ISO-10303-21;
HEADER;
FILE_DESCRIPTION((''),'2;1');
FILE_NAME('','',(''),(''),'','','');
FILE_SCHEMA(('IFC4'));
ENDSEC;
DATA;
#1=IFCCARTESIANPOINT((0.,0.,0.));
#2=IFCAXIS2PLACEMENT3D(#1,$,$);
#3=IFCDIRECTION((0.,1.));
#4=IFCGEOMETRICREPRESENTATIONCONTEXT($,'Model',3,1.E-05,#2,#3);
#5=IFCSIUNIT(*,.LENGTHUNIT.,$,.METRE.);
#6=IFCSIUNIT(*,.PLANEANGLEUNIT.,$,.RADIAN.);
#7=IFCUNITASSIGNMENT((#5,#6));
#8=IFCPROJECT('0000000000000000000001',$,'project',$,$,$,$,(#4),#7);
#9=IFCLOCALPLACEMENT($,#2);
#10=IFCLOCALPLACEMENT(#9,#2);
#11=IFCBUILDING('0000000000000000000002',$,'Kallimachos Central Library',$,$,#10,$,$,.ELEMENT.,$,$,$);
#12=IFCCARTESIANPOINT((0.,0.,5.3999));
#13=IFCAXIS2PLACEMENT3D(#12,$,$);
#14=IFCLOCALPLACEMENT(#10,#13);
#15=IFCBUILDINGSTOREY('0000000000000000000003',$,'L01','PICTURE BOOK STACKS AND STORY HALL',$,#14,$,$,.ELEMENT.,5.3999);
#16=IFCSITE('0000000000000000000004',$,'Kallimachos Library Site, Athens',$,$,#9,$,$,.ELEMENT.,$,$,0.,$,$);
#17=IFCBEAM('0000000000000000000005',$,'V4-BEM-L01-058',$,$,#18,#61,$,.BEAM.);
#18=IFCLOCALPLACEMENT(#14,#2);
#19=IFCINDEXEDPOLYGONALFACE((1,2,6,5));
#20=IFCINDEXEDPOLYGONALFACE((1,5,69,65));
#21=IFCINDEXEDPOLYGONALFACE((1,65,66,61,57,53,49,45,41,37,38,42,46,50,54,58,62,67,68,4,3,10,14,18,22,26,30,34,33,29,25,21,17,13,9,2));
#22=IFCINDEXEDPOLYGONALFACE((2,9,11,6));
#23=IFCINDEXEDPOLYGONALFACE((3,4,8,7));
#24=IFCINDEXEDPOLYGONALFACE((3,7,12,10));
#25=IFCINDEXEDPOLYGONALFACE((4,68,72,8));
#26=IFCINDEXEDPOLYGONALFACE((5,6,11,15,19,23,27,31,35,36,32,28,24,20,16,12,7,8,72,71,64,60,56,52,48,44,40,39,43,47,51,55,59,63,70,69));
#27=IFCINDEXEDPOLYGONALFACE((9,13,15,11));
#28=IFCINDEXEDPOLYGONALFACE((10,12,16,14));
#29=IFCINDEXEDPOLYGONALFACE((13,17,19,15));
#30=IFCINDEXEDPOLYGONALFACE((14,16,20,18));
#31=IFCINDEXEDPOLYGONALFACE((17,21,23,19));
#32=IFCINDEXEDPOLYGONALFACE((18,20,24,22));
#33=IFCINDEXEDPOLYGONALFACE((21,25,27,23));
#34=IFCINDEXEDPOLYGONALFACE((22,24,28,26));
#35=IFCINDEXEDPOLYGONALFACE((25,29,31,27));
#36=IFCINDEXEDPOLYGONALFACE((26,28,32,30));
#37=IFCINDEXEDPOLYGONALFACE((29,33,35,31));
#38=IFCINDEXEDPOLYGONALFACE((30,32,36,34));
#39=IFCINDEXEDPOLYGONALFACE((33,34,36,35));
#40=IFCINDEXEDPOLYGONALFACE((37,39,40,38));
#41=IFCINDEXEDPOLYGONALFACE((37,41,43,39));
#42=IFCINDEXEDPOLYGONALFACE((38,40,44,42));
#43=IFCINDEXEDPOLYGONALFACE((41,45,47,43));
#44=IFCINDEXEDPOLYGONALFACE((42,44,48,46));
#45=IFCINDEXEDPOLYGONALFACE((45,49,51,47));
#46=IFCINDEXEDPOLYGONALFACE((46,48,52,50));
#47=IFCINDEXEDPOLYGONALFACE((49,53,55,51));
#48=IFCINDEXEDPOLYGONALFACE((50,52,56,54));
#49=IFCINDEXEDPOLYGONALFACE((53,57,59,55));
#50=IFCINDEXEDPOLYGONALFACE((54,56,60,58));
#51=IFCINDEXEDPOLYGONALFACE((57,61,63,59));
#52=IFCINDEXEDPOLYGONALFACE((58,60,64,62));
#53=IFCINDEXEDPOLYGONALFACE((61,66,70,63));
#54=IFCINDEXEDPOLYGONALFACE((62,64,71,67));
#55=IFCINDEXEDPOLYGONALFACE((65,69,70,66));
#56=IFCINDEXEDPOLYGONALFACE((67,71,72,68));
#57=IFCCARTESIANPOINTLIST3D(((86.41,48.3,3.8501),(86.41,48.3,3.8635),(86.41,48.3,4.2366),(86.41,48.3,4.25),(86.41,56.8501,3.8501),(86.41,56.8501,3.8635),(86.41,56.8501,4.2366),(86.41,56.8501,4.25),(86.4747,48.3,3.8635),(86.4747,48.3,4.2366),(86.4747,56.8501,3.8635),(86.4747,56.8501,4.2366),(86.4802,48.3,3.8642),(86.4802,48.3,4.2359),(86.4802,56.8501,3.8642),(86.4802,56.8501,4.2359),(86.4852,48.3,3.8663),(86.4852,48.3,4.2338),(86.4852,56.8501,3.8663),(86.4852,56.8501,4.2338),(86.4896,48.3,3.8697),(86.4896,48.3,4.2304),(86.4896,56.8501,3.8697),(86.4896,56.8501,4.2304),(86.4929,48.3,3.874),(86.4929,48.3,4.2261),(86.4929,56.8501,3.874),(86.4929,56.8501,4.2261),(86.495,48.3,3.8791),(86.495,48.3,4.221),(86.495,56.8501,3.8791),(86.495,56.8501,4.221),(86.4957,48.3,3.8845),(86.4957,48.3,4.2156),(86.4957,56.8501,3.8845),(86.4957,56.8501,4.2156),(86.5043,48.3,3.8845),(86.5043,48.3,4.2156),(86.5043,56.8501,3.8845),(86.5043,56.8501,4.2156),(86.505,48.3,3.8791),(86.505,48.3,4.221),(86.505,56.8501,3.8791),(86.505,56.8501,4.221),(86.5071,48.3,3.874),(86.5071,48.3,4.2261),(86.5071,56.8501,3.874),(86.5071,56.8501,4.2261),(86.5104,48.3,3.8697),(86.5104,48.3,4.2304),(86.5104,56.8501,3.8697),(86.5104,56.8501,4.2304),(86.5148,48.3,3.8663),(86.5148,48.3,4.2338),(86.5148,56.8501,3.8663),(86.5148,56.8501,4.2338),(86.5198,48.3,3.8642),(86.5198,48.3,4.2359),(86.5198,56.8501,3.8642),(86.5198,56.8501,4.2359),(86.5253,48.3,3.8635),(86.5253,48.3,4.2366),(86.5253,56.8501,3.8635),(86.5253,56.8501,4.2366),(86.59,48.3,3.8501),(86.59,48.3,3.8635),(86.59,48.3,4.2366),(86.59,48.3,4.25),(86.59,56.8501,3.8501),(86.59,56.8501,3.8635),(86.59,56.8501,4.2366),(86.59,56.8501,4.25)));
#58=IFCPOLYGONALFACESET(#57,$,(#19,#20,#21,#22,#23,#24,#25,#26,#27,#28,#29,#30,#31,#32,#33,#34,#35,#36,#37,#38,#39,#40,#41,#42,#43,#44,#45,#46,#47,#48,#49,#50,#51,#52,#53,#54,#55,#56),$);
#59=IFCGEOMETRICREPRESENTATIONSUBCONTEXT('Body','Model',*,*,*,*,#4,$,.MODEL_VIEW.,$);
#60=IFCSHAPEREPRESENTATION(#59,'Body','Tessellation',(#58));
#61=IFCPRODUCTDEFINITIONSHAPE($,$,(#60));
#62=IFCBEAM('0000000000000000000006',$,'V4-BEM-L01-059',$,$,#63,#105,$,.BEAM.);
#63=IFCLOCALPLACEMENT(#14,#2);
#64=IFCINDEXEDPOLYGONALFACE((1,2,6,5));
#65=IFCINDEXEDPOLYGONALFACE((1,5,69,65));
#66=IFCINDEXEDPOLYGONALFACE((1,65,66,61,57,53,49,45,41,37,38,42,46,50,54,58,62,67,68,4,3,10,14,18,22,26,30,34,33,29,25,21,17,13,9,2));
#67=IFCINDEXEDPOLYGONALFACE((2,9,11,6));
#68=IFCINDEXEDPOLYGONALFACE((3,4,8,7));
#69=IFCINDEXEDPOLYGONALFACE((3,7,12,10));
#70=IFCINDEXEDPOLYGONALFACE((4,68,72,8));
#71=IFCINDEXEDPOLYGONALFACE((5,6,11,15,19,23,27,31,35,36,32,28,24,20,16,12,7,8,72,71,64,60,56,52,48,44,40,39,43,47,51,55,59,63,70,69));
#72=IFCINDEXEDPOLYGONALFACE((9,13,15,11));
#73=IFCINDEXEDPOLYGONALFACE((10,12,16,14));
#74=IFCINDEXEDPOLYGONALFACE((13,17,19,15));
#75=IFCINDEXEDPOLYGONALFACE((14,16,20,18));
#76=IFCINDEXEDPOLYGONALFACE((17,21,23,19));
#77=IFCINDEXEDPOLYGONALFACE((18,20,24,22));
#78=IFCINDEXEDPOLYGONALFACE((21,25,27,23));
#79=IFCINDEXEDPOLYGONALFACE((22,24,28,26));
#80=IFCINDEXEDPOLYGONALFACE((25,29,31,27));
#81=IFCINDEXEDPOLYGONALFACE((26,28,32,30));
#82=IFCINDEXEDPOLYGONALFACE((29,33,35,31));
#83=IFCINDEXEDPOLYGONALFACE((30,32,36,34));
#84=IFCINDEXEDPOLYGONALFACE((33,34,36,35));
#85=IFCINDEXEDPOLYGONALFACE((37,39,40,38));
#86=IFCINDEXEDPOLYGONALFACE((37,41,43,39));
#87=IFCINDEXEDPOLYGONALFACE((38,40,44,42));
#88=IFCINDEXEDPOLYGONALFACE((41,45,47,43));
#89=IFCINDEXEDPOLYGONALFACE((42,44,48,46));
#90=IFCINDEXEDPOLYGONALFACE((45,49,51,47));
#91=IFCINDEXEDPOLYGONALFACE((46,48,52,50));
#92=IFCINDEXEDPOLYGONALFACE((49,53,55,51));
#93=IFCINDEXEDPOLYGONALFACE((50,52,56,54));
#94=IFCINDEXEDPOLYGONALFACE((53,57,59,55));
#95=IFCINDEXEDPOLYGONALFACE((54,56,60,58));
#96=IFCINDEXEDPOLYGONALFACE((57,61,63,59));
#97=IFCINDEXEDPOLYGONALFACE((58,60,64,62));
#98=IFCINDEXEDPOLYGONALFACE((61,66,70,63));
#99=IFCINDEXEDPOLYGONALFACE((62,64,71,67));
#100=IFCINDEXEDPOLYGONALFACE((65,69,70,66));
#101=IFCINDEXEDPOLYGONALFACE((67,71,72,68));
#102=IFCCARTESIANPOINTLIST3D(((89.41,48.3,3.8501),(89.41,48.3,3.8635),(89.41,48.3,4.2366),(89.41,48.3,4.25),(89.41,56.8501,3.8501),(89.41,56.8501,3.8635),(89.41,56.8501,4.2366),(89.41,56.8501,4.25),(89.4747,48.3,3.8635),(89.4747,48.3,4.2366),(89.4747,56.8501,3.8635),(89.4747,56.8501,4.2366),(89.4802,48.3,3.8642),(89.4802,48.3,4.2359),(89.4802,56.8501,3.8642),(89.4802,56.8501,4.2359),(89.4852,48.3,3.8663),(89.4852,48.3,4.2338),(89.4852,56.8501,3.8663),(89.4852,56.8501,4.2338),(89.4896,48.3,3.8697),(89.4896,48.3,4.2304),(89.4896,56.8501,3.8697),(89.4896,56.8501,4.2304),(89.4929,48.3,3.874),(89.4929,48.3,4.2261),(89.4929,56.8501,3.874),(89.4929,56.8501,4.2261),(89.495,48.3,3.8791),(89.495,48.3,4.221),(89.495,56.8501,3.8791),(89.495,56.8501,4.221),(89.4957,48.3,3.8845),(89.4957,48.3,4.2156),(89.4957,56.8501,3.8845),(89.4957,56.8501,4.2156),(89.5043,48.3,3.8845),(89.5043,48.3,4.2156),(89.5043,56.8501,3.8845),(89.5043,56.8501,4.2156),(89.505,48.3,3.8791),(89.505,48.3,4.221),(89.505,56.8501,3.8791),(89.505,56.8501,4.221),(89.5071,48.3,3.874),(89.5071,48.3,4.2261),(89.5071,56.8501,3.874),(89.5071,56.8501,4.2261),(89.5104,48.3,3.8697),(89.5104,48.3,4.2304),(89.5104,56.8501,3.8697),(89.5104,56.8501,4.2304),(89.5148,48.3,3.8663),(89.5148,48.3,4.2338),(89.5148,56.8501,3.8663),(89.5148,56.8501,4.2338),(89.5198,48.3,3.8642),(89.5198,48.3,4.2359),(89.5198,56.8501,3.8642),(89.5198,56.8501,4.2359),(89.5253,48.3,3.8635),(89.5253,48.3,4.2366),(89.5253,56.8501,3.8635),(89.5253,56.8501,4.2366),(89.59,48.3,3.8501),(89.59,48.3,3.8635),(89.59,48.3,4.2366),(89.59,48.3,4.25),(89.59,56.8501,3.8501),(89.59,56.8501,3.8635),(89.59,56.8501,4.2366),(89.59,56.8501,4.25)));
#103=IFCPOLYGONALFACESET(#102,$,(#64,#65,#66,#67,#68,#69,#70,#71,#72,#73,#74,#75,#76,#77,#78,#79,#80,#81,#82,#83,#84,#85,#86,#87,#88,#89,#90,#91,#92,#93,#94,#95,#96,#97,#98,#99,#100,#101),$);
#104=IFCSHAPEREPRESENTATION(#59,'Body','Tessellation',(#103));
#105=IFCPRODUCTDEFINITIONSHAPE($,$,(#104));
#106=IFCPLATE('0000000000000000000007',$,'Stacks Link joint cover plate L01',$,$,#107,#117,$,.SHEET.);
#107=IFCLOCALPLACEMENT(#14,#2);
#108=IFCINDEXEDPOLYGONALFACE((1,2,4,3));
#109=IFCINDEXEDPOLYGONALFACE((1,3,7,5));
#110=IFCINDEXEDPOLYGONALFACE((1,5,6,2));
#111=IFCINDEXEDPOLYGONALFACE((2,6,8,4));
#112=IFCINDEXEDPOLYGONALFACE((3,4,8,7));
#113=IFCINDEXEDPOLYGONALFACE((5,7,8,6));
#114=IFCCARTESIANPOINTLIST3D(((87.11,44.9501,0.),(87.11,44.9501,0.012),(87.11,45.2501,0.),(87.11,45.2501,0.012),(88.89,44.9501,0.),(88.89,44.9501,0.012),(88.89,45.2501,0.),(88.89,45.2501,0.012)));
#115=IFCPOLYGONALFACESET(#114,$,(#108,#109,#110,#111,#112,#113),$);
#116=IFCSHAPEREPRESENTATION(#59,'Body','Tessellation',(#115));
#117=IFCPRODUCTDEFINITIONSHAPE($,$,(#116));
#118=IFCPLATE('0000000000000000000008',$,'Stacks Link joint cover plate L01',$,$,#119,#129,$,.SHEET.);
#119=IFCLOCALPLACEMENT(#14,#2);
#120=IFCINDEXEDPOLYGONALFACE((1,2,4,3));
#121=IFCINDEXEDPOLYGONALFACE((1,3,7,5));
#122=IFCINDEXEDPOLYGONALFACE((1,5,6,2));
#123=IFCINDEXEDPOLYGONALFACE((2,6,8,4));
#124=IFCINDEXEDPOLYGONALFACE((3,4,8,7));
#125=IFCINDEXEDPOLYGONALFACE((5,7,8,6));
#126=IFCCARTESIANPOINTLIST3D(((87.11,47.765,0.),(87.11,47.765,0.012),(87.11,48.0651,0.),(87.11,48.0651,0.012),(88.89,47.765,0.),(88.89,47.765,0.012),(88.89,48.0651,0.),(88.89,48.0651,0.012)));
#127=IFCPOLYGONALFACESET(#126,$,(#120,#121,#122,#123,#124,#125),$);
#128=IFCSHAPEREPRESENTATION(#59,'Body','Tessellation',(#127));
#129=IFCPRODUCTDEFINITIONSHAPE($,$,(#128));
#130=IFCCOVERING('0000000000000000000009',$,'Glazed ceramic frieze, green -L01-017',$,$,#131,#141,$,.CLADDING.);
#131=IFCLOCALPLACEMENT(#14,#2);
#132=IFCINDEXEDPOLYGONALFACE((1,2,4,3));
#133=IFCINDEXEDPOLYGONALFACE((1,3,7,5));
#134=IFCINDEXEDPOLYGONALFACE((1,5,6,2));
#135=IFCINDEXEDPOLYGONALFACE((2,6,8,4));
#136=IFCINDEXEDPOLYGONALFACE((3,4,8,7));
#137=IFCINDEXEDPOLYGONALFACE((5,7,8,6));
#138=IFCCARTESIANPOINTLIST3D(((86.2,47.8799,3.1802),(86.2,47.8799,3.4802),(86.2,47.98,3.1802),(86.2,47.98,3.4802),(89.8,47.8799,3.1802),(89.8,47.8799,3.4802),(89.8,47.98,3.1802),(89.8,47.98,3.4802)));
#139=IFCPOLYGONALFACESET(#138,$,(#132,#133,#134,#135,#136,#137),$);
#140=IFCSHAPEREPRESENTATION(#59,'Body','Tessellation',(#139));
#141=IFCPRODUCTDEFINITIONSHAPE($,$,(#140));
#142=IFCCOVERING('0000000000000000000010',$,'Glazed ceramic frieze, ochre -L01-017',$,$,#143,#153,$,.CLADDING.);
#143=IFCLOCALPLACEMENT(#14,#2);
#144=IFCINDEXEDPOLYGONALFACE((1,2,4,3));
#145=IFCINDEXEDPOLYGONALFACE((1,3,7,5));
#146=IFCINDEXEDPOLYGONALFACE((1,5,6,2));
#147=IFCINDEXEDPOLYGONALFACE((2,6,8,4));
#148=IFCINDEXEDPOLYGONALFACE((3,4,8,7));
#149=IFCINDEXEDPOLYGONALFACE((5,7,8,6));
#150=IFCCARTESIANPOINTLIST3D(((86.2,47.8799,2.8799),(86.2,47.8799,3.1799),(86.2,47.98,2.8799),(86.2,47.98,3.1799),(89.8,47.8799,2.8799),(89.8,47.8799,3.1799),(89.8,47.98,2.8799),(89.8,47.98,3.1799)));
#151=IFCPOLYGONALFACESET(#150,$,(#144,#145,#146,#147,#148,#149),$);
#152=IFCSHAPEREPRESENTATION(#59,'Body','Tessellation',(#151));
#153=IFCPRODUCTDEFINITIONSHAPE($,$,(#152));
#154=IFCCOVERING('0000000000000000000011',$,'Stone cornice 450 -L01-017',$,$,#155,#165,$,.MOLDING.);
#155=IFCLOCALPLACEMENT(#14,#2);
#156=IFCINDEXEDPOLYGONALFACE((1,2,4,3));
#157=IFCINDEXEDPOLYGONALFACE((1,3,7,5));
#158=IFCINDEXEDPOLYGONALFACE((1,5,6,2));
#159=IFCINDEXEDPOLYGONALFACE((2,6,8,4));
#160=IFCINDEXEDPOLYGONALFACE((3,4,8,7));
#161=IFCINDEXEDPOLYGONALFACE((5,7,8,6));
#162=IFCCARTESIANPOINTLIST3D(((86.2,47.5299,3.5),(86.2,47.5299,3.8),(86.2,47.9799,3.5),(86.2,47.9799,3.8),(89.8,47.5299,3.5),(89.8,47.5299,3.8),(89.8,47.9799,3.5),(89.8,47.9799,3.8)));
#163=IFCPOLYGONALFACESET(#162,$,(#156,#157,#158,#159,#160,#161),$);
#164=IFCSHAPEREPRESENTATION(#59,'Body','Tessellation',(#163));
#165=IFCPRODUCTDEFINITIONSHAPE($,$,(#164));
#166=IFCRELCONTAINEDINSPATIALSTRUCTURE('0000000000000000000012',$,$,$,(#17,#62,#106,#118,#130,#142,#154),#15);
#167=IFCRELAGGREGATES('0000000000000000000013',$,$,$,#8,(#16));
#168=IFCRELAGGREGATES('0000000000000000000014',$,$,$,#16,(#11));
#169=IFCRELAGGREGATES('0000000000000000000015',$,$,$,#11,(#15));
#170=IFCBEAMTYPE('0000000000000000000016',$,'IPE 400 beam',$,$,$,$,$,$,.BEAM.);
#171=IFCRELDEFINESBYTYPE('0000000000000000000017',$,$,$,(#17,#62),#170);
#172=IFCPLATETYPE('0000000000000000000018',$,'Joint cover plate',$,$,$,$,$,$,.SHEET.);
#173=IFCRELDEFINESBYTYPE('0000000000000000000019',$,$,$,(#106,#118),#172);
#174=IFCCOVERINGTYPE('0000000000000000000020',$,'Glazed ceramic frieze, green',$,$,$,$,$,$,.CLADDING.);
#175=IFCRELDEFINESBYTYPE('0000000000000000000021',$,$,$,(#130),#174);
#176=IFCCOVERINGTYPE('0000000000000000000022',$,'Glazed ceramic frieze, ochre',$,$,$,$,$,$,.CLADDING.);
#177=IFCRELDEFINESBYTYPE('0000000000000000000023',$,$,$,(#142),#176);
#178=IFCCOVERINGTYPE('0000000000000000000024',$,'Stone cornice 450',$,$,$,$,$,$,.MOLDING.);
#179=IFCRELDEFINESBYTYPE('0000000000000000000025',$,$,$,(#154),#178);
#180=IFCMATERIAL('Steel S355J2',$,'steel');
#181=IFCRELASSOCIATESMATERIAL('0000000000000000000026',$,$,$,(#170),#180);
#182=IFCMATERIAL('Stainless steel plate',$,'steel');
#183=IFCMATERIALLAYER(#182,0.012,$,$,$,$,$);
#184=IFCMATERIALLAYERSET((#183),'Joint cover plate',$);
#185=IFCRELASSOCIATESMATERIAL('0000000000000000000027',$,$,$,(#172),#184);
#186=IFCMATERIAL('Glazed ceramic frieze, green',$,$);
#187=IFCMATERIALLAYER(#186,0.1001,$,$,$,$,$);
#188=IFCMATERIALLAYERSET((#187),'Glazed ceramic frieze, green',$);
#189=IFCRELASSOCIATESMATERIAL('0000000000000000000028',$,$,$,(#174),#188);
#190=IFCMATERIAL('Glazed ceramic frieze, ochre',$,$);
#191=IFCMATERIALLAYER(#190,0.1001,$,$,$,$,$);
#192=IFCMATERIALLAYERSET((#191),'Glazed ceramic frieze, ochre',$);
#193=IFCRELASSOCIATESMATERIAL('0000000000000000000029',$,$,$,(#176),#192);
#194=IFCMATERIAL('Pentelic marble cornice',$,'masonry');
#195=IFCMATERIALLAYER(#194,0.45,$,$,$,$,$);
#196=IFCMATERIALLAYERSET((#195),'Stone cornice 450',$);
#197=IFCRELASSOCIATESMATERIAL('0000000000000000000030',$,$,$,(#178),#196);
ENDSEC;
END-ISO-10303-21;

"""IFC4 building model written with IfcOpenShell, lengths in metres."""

from ifc_helpers import new_model, si_unit, direction, frame, origin, origin_2d, place, context, subcontext, project, spatial, rectangle, i_section, extrude, material, layer, layer_set, material_profile, profile_set, type_object, element, save


model = new_model("IFC4")

# Units and contexts
model_context = context("Model", 3, precision=1e-05, world=origin(), true_north=direction((0.0, 1.0)))
body_context = subcontext(model_context, "Body", "Model", "MODEL_VIEW")
ifc_project = project(units=[si_unit("LENGTHUNIT", "METRE"), si_unit("PLANEANGLEUNIT", "RADIAN")], contexts=[model_context])

# Site, building, storey
site_placement = place(None, origin())
site = spatial("IfcSite", under=ifc_project, at=site_placement, Name="Kallimachos Library Site, Athens", CompositionType="ELEMENT", RefElevation=0.0)
building_placement = place(site_placement, origin())
building = spatial("IfcBuilding", under=site, at=building_placement, Name="Kallimachos Central Library", CompositionType="ELEMENT")
storey_placement = place(building_placement, frame((0.0, 0.0, 5.3999)))
storey = spatial("IfcBuildingStorey", under=building, at=storey_placement, Name="L01", Description="PICTURE BOOK STACKS AND STORY HALL", CompositionType="ELEMENT", Elevation=5.3999)

# Beams
ifc_material_1 = material(Name="Steel S355J2", Category="steel")
ifc_material_profile_1 = material_profile(ifc_material_1, i_section(OverallWidth=0.1799, OverallDepth=0.3999, WebThickness=0.0085, FlangeThickness=0.0134, FilletRadius=0.021, at=origin_2d()), Name="IPE 400")
ifc_profile_set_1 = profile_set([ifc_material_profile_1], Name="Steel S355J2")
beam_type_1 = type_object("IfcBeamType", Name="IPE 400 beam", PredefinedType="BEAM", material=ifc_profile_set_1)
for number, where, z_axis, x_axis, name in (
    (1, (86.5, 48.3, 4.05), (0.0, 1.0, 0.0), (-1.0, 0.0, 0.0), "V4-BEM-L01-058"),
    (2, (89.5, 48.3, 4.05), (0.0, 1.0, 0.0), (-1.0, 0.0, 0.0), "V4-BEM-L01-059"),
):
    element("IfcBeam", number, at=place(storey_placement, frame(where, z_axis=z_axis, x_axis=x_axis)), inside=storey, type_object=beam_type_1, Name=name, PredefinedType="BEAM", context=body_context, shape_type="SweptSolid", body=[
        extrude(i_section(OverallWidth=0.1799, OverallDepth=0.3999, WebThickness=0.0085, FlangeThickness=0.0134, FilletRadius=0.021, at=origin_2d()), origin(), (0.0, 0.0, 1.0), 8.55),
    ])

# Plates
ifc_material_2 = material(Name="Stainless steel plate", Category="steel")
ifc_layer_1 = layer(ifc_material_2, 0.012)
ifc_layer_set_1 = layer_set([ifc_layer_1], Name="Joint cover plate")
plate_type = type_object("IfcPlateType", Name="Joint cover plate", PredefinedType="SHEET", material=ifc_layer_set_1)
for number, where, z_axis, x_axis, name in (
    (3, (88.0, 45.1001, 0.0), (0.0, 0.0, 1.0), (1.0, 0.0, 0.0), "Stacks Link joint cover plate L01"),
    (4, (88.0, 47.915, 0.0), (0.0, 0.0, 1.0), (1.0, 0.0, 0.0), "Stacks Link joint cover plate L01"),
):
    element("IfcPlate", number, at=place(storey_placement, frame(where, z_axis=z_axis, x_axis=x_axis)), inside=storey, type_object=plate_type, Name=name, PredefinedType="SHEET", context=body_context, shape_type="SweptSolid", body=[
        extrude(rectangle(XDim=1.78, YDim=0.3, at=origin_2d()), origin(), (0.0, 0.0, 1.0), 0.012),
    ])

# Coverings
ifc_material_3 = material(Name="Glazed ceramic frieze, green")
ifc_layer_2 = layer(ifc_material_3, 0.1001)
ifc_layer_set_2 = layer_set([ifc_layer_2], Name="Glazed ceramic frieze, green")
covering_type_1 = type_object("IfcCoveringType", Name="Glazed ceramic frieze, green", PredefinedType="CLADDING", material=ifc_layer_set_2)
covering_1_placement = place(storey_placement, frame((88.0, 47.9299, 3.1802), z_axis=(0.0, 0.0, 1.0), x_axis=(1.0, 0.0, 0.0)))
element("IfcCovering", 5, at=covering_1_placement, inside=storey, type_object=covering_type_1, Name="Glazed ceramic frieze, green -L01-017", PredefinedType="CLADDING", context=body_context, shape_type="SweptSolid", body=[
    extrude(rectangle(XDim=3.6001, YDim=0.1001, at=origin_2d()), origin(), (0.0, 0.0, 1.0), 0.3),
])
ifc_material_4 = material(Name="Glazed ceramic frieze, ochre")
ifc_layer_3 = layer(ifc_material_4, 0.1001)
ifc_layer_set_3 = layer_set([ifc_layer_3], Name="Glazed ceramic frieze, ochre")
covering_type_2 = type_object("IfcCoveringType", Name="Glazed ceramic frieze, ochre", PredefinedType="CLADDING", material=ifc_layer_set_3)
covering_2_placement = place(storey_placement, frame((88.0, 47.9299, 2.8799), z_axis=(0.0, 0.0, 1.0), x_axis=(1.0, 0.0, 0.0)))
element("IfcCovering", 6, at=covering_2_placement, inside=storey, type_object=covering_type_2, Name="Glazed ceramic frieze, ochre -L01-017", PredefinedType="CLADDING", context=body_context, shape_type="SweptSolid", body=[
    extrude(rectangle(XDim=3.6001, YDim=0.1001, at=origin_2d()), origin(), (0.0, 0.0, 1.0), 0.3),
])
ifc_material_5 = material(Name="Pentelic marble cornice", Category="masonry")
ifc_layer_4 = layer(ifc_material_5, 0.45)
ifc_layer_set_4 = layer_set([ifc_layer_4], Name="Stone cornice 450")
covering_type_3 = type_object("IfcCoveringType", Name="Stone cornice 450", PredefinedType="MOLDING", material=ifc_layer_set_4)
covering_3_placement = place(storey_placement, frame((88.0, 47.7549, 3.5), z_axis=(0.0, 0.0, 1.0), x_axis=(1.0, 0.0, 0.0)))
element("IfcCovering", 7, at=covering_3_placement, inside=storey, type_object=covering_type_3, Name="Stone cornice 450 -L01-017", PredefinedType="MOLDING", context=body_context, shape_type="SweptSolid", body=[
    extrude(rectangle(XDim=3.6001, YDim=0.45, at=origin_2d()), origin(), (0.0, 0.0, 1.0), 0.3),
])

save(model, "model.ifc")
